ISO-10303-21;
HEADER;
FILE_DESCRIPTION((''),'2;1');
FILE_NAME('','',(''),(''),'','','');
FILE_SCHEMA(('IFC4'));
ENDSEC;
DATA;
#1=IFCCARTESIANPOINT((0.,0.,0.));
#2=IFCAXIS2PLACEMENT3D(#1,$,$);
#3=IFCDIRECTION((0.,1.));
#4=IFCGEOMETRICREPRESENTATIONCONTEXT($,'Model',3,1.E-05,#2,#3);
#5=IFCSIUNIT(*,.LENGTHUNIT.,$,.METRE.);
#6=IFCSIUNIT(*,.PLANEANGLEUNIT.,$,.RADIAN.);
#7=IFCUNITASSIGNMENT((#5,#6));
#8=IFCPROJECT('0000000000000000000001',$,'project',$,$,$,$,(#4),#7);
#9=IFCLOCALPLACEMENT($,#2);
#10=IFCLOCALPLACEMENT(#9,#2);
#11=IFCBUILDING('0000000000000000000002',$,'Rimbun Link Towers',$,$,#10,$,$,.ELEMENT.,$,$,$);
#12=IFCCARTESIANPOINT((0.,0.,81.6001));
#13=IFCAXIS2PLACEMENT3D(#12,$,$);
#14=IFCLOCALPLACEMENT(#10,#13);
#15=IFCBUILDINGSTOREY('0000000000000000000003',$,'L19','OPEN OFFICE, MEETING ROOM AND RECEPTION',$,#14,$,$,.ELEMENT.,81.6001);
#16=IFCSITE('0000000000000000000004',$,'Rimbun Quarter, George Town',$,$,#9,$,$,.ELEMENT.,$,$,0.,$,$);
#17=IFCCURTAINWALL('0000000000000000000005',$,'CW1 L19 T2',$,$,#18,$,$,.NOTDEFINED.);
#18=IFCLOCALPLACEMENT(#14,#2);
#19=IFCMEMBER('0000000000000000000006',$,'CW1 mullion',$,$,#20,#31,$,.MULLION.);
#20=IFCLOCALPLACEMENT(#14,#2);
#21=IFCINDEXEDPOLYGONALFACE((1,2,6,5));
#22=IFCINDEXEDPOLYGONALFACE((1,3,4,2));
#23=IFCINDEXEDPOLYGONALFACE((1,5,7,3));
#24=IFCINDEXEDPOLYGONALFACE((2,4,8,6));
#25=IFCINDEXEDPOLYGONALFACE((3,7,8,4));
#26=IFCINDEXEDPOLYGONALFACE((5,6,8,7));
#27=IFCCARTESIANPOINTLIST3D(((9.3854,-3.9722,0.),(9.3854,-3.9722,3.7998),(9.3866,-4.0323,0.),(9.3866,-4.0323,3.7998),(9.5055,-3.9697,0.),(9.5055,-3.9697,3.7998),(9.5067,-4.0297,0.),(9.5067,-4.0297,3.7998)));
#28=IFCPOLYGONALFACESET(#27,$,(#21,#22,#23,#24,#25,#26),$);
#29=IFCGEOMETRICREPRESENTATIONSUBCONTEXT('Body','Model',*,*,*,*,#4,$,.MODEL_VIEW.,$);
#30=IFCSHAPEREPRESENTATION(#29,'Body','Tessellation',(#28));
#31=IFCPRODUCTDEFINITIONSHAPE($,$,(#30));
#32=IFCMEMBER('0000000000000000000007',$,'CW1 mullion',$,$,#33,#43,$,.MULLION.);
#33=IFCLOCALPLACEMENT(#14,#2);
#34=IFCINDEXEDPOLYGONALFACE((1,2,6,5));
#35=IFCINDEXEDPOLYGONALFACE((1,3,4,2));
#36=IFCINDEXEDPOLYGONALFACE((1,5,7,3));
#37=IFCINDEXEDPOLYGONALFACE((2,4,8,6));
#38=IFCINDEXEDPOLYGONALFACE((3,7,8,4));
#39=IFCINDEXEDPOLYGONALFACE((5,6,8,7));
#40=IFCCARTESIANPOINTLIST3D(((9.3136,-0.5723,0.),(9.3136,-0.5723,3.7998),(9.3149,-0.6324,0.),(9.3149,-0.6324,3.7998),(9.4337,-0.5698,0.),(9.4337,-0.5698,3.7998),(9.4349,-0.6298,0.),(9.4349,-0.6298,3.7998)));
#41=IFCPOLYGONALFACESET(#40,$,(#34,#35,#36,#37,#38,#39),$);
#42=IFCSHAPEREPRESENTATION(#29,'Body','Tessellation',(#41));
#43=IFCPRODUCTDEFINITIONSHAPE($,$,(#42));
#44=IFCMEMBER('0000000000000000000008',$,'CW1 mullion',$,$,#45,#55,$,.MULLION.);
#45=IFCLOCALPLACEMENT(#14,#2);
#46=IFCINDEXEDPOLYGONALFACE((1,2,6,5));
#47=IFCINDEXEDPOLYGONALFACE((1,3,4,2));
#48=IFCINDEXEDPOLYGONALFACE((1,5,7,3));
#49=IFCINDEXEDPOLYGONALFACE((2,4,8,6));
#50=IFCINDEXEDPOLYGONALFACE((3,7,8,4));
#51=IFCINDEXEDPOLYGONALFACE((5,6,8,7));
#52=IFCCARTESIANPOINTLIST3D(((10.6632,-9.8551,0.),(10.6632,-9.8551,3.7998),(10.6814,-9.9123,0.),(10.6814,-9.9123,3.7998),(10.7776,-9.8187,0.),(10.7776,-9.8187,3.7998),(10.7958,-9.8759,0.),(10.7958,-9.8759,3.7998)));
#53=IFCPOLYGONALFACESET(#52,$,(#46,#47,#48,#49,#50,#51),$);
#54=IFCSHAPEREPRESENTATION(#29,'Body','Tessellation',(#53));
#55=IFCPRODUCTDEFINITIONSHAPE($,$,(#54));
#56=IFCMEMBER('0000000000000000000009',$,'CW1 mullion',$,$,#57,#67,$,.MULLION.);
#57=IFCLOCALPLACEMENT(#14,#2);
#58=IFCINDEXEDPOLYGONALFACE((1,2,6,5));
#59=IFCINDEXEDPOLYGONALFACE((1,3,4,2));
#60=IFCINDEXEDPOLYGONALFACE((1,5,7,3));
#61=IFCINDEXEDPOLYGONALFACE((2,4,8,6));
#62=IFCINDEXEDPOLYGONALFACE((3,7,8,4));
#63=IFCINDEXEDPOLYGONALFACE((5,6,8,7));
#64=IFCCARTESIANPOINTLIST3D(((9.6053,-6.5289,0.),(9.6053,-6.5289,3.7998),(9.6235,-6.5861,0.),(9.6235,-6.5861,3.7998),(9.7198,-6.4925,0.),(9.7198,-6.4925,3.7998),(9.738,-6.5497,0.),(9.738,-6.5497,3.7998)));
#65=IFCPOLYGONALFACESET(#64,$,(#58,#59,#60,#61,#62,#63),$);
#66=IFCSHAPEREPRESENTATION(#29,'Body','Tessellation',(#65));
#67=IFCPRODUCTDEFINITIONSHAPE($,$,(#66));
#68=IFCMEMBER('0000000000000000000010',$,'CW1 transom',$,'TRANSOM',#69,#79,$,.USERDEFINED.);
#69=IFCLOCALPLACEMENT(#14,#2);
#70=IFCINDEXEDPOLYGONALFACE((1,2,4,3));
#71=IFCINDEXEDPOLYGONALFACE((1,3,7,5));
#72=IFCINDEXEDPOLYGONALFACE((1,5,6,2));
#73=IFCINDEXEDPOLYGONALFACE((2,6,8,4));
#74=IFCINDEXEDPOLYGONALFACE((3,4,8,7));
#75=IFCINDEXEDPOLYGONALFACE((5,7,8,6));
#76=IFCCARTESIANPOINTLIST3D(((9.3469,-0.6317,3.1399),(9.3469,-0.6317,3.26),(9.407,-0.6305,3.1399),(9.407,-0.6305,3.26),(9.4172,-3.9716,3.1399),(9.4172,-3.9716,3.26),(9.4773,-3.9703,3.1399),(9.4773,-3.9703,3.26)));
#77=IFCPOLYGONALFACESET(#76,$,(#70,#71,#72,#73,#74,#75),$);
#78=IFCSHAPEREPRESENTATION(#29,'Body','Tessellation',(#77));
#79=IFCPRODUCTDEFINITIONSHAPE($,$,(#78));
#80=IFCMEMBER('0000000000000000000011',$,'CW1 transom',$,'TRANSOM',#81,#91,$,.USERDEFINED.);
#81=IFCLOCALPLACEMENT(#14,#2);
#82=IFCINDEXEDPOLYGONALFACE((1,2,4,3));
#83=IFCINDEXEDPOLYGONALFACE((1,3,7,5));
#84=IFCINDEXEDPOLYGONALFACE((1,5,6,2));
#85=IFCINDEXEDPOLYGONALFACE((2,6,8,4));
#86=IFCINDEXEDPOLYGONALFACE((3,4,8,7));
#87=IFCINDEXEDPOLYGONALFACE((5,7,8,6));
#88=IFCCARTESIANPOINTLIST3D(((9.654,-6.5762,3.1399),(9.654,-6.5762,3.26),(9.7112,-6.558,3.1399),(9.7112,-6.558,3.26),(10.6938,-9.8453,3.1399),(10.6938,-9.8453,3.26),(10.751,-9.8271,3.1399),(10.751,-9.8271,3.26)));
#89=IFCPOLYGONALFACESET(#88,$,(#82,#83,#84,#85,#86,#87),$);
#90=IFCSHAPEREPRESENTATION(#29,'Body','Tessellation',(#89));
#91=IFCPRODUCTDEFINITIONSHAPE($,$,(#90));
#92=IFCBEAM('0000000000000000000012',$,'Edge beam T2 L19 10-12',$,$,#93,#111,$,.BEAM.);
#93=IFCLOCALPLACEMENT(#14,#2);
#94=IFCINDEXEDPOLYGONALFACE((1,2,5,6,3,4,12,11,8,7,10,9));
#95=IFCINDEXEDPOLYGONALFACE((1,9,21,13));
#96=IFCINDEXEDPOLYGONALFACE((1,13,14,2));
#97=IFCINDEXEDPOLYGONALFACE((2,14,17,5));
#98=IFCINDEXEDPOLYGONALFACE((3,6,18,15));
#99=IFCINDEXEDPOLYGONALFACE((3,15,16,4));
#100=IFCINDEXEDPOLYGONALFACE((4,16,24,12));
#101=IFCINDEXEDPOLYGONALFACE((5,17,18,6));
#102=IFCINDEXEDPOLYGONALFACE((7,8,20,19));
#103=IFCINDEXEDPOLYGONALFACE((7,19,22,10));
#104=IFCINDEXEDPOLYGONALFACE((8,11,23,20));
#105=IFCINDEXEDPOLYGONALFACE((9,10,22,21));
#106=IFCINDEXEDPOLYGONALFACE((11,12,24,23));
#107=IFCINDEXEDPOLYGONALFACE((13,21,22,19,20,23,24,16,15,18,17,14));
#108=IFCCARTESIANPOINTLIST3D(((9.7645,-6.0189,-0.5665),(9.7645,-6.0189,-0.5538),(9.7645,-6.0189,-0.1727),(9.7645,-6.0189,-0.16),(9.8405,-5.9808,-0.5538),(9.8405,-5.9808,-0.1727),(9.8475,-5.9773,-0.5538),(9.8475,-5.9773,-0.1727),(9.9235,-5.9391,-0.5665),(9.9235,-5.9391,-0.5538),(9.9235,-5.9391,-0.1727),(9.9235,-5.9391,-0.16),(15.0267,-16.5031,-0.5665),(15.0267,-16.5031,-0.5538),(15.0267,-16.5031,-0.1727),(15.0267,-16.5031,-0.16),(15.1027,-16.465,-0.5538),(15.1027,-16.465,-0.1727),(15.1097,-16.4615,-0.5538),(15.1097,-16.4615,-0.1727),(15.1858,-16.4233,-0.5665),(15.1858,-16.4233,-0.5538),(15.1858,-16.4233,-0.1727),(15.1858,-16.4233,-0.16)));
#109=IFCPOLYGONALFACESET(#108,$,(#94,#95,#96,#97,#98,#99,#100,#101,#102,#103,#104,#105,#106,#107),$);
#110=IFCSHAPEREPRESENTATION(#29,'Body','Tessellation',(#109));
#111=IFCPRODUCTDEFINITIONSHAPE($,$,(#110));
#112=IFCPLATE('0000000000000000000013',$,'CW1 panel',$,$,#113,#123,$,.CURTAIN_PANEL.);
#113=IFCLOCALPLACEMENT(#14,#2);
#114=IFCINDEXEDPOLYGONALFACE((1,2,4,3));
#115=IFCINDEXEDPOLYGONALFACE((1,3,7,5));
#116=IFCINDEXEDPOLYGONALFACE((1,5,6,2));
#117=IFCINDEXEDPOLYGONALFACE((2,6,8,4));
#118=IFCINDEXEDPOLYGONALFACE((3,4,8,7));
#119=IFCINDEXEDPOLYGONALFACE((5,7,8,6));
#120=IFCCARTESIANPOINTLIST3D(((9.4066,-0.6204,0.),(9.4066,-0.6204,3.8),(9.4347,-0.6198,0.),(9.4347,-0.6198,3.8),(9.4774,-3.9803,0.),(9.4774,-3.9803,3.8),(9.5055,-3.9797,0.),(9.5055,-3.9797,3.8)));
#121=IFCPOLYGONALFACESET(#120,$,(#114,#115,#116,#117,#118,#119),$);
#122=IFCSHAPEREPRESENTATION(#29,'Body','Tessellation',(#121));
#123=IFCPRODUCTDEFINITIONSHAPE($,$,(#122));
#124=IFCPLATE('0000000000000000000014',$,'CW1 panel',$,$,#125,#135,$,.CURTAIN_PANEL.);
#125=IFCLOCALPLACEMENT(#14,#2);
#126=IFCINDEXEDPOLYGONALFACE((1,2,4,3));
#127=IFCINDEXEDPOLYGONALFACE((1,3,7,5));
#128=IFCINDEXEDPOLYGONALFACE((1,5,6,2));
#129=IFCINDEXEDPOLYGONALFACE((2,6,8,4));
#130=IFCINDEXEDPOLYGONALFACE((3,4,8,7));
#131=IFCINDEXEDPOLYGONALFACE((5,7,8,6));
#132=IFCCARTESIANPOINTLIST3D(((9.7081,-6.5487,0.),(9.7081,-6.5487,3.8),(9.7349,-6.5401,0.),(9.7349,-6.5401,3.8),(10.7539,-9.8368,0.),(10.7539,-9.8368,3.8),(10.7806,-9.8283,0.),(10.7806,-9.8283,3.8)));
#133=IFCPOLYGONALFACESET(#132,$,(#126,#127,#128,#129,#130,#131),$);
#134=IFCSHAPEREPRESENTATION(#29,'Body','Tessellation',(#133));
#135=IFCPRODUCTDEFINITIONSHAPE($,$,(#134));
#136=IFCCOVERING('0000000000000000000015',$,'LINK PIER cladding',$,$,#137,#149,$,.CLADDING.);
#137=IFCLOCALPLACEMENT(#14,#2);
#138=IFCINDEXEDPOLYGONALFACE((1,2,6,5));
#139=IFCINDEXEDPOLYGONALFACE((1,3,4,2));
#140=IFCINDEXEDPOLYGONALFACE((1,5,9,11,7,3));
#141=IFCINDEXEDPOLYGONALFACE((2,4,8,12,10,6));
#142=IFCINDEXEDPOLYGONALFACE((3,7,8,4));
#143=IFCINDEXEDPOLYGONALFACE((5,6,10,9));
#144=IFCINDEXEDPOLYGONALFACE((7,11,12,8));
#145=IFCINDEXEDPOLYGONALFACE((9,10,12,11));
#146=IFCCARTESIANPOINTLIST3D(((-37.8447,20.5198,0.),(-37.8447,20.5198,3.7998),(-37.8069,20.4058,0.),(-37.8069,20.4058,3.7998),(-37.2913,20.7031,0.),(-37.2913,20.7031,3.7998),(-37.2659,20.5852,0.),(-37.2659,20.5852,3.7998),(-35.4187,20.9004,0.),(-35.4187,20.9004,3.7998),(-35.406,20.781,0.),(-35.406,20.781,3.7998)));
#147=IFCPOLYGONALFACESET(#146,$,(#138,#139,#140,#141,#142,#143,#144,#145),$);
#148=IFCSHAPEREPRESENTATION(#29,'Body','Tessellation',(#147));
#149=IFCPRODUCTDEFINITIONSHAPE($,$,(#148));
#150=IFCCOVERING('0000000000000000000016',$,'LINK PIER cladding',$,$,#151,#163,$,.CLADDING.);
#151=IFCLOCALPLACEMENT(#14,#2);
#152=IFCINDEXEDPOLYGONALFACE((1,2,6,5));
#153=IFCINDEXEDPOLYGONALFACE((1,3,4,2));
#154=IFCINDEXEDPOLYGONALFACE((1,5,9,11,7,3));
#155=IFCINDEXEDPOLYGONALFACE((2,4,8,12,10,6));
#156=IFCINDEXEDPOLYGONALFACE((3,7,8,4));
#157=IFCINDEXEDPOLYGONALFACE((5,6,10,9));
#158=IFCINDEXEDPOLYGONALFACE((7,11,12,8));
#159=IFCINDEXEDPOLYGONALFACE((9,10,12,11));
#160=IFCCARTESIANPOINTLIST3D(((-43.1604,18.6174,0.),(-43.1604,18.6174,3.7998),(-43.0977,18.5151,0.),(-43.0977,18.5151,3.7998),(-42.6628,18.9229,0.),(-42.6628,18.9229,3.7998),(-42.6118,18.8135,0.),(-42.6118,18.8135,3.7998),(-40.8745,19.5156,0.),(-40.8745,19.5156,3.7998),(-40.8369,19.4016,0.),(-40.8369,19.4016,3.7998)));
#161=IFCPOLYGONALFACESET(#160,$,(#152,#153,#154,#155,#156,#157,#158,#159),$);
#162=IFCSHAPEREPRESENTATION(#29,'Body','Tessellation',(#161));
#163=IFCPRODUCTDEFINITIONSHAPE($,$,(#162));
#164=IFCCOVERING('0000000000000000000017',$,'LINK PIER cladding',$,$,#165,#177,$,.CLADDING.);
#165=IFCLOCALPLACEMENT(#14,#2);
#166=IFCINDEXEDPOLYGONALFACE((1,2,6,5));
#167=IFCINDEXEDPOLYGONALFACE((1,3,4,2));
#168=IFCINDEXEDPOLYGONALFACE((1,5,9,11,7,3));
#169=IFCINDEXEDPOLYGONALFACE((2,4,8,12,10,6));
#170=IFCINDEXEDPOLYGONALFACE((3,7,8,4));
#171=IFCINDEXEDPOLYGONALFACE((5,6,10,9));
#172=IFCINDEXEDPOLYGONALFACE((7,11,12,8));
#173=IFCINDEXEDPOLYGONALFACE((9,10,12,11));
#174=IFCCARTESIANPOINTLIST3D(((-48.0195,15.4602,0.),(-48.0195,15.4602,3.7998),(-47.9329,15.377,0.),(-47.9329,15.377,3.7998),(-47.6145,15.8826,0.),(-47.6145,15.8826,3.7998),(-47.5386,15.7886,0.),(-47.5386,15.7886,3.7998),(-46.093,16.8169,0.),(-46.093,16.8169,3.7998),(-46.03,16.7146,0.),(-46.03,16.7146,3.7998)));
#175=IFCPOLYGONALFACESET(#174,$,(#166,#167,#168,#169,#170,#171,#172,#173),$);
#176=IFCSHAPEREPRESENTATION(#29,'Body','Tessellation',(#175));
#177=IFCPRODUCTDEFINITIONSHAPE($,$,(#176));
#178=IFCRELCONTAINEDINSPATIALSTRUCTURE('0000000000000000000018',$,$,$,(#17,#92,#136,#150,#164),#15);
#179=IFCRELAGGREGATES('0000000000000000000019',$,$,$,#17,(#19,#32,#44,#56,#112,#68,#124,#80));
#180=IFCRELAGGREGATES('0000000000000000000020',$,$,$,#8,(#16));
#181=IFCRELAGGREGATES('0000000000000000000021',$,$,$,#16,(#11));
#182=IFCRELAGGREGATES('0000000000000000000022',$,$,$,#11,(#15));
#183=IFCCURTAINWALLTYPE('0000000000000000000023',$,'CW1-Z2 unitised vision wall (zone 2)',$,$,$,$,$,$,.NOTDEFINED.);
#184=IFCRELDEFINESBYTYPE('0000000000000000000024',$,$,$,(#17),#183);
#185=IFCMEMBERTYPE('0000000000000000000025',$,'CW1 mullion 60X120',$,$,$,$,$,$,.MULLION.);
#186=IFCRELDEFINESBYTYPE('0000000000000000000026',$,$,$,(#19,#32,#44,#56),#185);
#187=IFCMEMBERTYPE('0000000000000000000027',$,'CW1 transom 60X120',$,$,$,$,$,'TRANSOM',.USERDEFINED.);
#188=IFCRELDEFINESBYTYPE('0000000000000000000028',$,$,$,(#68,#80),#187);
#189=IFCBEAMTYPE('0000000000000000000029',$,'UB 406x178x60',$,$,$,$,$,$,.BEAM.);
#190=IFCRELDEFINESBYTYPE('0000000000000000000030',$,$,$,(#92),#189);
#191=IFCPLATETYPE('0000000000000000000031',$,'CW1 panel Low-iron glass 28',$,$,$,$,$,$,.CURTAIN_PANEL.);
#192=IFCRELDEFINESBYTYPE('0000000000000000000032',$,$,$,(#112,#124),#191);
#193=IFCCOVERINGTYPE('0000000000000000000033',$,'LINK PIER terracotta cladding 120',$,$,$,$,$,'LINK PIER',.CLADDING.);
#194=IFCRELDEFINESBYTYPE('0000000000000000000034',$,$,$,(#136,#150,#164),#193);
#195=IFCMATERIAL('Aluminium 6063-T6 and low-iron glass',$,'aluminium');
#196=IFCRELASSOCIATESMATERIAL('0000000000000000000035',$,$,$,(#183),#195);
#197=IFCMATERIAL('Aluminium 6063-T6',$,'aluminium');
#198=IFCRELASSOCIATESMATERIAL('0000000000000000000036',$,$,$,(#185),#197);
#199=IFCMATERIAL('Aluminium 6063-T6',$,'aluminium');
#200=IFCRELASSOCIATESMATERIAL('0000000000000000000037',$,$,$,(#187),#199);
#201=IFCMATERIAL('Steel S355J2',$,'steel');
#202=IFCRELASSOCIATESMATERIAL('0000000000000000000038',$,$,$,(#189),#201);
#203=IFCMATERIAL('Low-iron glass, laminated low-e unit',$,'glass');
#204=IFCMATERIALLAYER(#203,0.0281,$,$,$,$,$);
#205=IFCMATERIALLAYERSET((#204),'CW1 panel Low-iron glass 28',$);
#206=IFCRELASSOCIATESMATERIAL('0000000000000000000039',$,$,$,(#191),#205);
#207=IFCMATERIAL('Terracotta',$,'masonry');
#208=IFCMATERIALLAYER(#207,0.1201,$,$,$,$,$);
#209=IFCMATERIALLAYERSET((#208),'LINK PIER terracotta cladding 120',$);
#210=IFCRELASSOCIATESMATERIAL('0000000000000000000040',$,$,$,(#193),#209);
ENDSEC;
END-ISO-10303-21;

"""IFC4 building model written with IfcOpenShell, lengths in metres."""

from ifc_helpers import new_model, si_unit, direction, frame, origin, origin_2d, place, context, subcontext, project, spatial, polyline, rectangle, i_section, outline, extrude, material, layer, layer_set, material_profile, profile_set, type_object, element, aggregate, save


model = new_model("IFC4")

# Units and contexts
model_context = context("Model", 3, precision=1e-05, world=origin(), true_north=direction((0.0, 1.0)))
body_context = subcontext(model_context, "Body", "Model", "MODEL_VIEW")
ifc_project = project(units=[si_unit("LENGTHUNIT", "METRE"), si_unit("PLANEANGLEUNIT", "RADIAN")], contexts=[model_context])

# Site, building, storey
site_placement = place(None, origin())
site = spatial("IfcSite", under=ifc_project, at=site_placement, Name="Rimbun Quarter, George Town", CompositionType="ELEMENT", RefElevation=0.0)
building_placement = place(site_placement, origin())
building = spatial("IfcBuilding", under=site, at=building_placement, Name="Rimbun Link Towers", CompositionType="ELEMENT")
storey_placement = place(building_placement, frame((0.0, 0.0, 81.6001)))
storey = spatial("IfcBuildingStorey", under=building, at=storey_placement, Name="L19", Description="OPEN OFFICE, MEETING ROOM AND RECEPTION", CompositionType="ELEMENT", Elevation=81.6001)

# Curtain wall, members
ifc_material_1 = material(Name="Aluminium 6063-T6 and low-iron glass", Category="aluminium")
curtain_wall_type = type_object("IfcCurtainWallType", Name="CW1-Z2 unitised vision wall (zone 2)", PredefinedType="NOTDEFINED", material=ifc_material_1)
curtain_wall_placement = place(storey_placement, origin())
curtain_wall = element("IfcCurtainWall", 1, at=curtain_wall_placement, inside=storey, type_object=curtain_wall_type, Name="CW1 L19 T2", PredefinedType="NOTDEFINED")
ifc_material_2 = material(Name="Aluminium 6063-T6", Category="aluminium")
ifc_material_profile_1 = material_profile(ifc_material_2, rectangle(XDim=0.1201, YDim=0.0601, at=origin_2d()), Name="MULLION 60X120")
ifc_profile_set_1 = profile_set([ifc_material_profile_1], Name="Aluminium 6063-T6")
member_type_1 = type_object("IfcMemberType", Name="CW1 mullion 60X120", PredefinedType="MULLION", material=ifc_profile_set_1)
member_1_placement = place(storey_placement, frame((9.446, -4.001, 0.0), z_axis=(0.0, 0.0, 1.0), x_axis=(-0.999778, -0.021057, 0.0)))
member_1 = element("IfcMember", 2, at=member_1_placement, type_object=member_type_1, Name="CW1 mullion", PredefinedType="MULLION", context=body_context, shape_type="SweptSolid", body=[
    extrude(rectangle(XDim=0.1201, YDim=0.0601, at=origin_2d()), origin(), (0.0, 0.0, 1.0), 3.7998),
])
member_2_placement = place(storey_placement, frame((9.3743, -0.6011, 0.0), z_axis=(0.0, 0.0, 1.0), x_axis=(-0.999778, -0.021057, 0.0)))
member_2 = element("IfcMember", 3, at=member_2_placement, type_object=member_type_1, Name="CW1 mullion", PredefinedType="MULLION", context=body_context, shape_type="SweptSolid", body=[
    extrude(rectangle(XDim=0.1201, YDim=0.0601, at=origin_2d()), origin(), (0.0, 0.0, 1.0), 3.7998),
])
member_3_placement = place(storey_placement, frame((10.7295, -9.8655, 0.0), z_axis=(0.0, 0.0, 1.0), x_axis=(-0.952968, -0.30307, 0.0)))
member_3 = element("IfcMember", 4, at=member_3_placement, type_object=member_type_1, Name="CW1 mullion", PredefinedType="MULLION", context=body_context, shape_type="SweptSolid", body=[
    extrude(rectangle(XDim=0.1201, YDim=0.0601, at=origin_2d()), origin(), (0.0, 0.0, 1.0), 3.7998),
])
member_4_placement = place(storey_placement, frame((9.6716, -6.5393, 0.0), z_axis=(0.0, 0.0, 1.0), x_axis=(-0.952968, -0.30307, 0.0)))
member_4 = element("IfcMember", 5, at=member_4_placement, type_object=member_type_1, Name="CW1 mullion", PredefinedType="MULLION", context=body_context, shape_type="SweptSolid", body=[
    extrude(rectangle(XDim=0.1201, YDim=0.0601, at=origin_2d()), origin(), (0.0, 0.0, 1.0), 3.7998),
])
ifc_material_3 = material(Name="Aluminium 6063-T6", Category="aluminium")
ifc_material_profile_2 = material_profile(ifc_material_3, rectangle(XDim=0.0601, YDim=0.1201, at=origin_2d()), Name="TRANSOM 60X120")
ifc_profile_set_2 = profile_set([ifc_material_profile_2], Name="Aluminium 6063-T6")
member_type_2 = type_object("IfcMemberType", Name="CW1 transom 60X120", ElementType="TRANSOM", PredefinedType="USERDEFINED", material=ifc_profile_set_2)
member_5_placement = place(storey_placement, frame((9.4473, -3.9709, 3.2), z_axis=(-0.021048, 0.999778, 0.0), x_axis=(-0.999778, -0.021048, 0.0)))
member_5 = element("IfcMember", 6, at=member_5_placement, type_object=member_type_2, Name="CW1 transom", ObjectType="TRANSOM", PredefinedType="USERDEFINED", context=body_context, shape_type="SweptSolid", body=[
    extrude(rectangle(XDim=0.0601, YDim=0.1201, at=origin_2d()), origin(), (0.0, 0.0, 1.0), 3.3406),
])
member_6_placement = place(storey_placement, frame((10.7224, -9.8362, 3.2), z_axis=(-0.30311, 0.952956, 0.0), x_axis=(-0.952956, -0.30311, 0.0)))
member_6 = element("IfcMember", 7, at=member_6_placement, type_object=member_type_2, Name="CW1 transom", ObjectType="TRANSOM", PredefinedType="USERDEFINED", context=body_context, shape_type="SweptSolid", body=[
    extrude(rectangle(XDim=0.0601, YDim=0.1201, at=origin_2d()), origin(), (0.0, 0.0, 1.0), 3.4304),
])

# Beam
ifc_material_4 = material(Name="Steel S355J2", Category="steel")
ifc_material_profile_3 = material_profile(ifc_material_4, i_section(OverallWidth=0.178, OverallDepth=0.4065, WebThickness=0.0078, FlangeThickness=0.0127, at=origin_2d()), Name="UB 406x178x60")
ifc_profile_set_3 = profile_set([ifc_material_profile_3], Name="Steel S355J2")
beam_type = type_object("IfcBeamType", Name="UB 406x178x60", PredefinedType="BEAM", material=ifc_profile_set_3)
beam_placement = place(storey_placement, frame((9.844, -5.979, -0.3633), z_axis=(0.448587, -0.893739, 0.0), x_axis=(0.893739, 0.448587, 0.0)))
element("IfcBeam", 8, at=beam_placement, inside=storey, type_object=beam_type, Name="Edge beam T2 L19 10-12", PredefinedType="BEAM", context=body_context, shape_type="SweptSolid", body=[
    extrude(i_section(OverallWidth=0.178, OverallDepth=0.4065, WebThickness=0.0078, FlangeThickness=0.0127, at=origin_2d()), origin(), (0.0, 0.0, 1.0), 11.7307),
])

# Plates
ifc_material_5 = material(Name="Low-iron glass, laminated low-e unit", Category="glass")
ifc_layer_1 = layer(ifc_material_5, 0.0281)
ifc_layer_set_1 = layer_set([ifc_layer_1], Name="CW1 panel Low-iron glass 28")
plate_type = type_object("IfcPlateType", Name="CW1 panel Low-iron glass 28", PredefinedType="CURTAIN_PANEL", material=ifc_layer_set_1)
plate_1_placement = place(storey_placement, frame((9.4561, -2.3, 0.0), z_axis=(0.0, 0.0, 1.0), x_axis=(-0.021057, 0.999778, 0.0)))
plate_1 = element("IfcPlate", 9, at=plate_1_placement, type_object=plate_type, Name="CW1 panel", PredefinedType="CURTAIN_PANEL", context=body_context, shape_type="SweptSolid", body=[
    extrude(rectangle(XDim=3.3606, YDim=0.0281, at=origin_2d()), origin(), (0.0, 0.0, 1.0), 3.8),
])
plate_2_placement = place(storey_placement, frame((10.2444, -8.1885, 0.0), z_axis=(0.0, 0.0, 1.0), x_axis=(-0.30307, 0.952968, 0.0)))
plate_2 = element("IfcPlate", 10, at=plate_2_placement, type_object=plate_type, Name="CW1 panel", PredefinedType="CURTAIN_PANEL", context=body_context, shape_type="SweptSolid", body=[
    extrude(rectangle(XDim=3.4504, YDim=0.0281, at=origin_2d()), origin(), (0.0, 0.0, 1.0), 3.8),
])
aggregate(curtain_wall, [member_1, member_2, member_3, member_4, plate_1, member_5, plate_2, member_6])

# Coverings
ifc_material_6 = material(Name="Terracotta", Category="masonry")
ifc_layer_2 = layer(ifc_material_6, 0.1201)
ifc_layer_set_2 = layer_set([ifc_layer_2], Name="LINK PIER terracotta cladding 120")
covering_type_1 = type_object("IfcCoveringType", Name="LINK PIER terracotta cladding 120", ElementType="LINK PIER", PredefinedType="CLADDING", material=ifc_layer_set_2)
covering_1_placement = place(storey_placement, origin())
element("IfcCovering", 11, at=covering_1_placement, inside=storey, type_object=covering_type_1, Name="LINK PIER cladding", PredefinedType="CLADDING", context=body_context, shape_type="SweptSolid", body=[
    extrude(outline(polyline([(-37.8069, 20.4058), (-37.2659, 20.5852), (-35.406, 20.781), (-35.4187, 20.9004), (-37.2913, 20.7031), (-37.8447, 20.5198), (-37.8069, 20.4058)])), origin(), (0.0, 0.0, 1.0), 3.7998),
])
covering_2_placement = place(storey_placement, origin())
element("IfcCovering", 12, at=covering_2_placement, inside=storey, type_object=covering_type_1, Name="LINK PIER cladding", PredefinedType="CLADDING", context=body_context, shape_type="SweptSolid", body=[
    extrude(outline(polyline([(-43.0977, 18.5151), (-42.6118, 18.8135), (-40.8369, 19.4016), (-40.8745, 19.5156), (-42.6628, 18.9229), (-43.1604, 18.6174), (-43.0977, 18.5151)])), origin(), (0.0, 0.0, 1.0), 3.7998),
])
covering_3_placement = place(storey_placement, origin())
element("IfcCovering", 13, at=covering_3_placement, inside=storey, type_object=covering_type_1, Name="LINK PIER cladding", PredefinedType="CLADDING", context=body_context, shape_type="SweptSolid", body=[
    extrude(outline(polyline([(-47.9329, 15.377), (-47.5386, 15.7886), (-46.03, 16.7146), (-46.093, 16.8169), (-47.6145, 15.8826), (-48.0195, 15.4602), (-47.9329, 15.377)])), origin(), (0.0, 0.0, 1.0), 3.7998),
])

save(model, "model.ifc")
